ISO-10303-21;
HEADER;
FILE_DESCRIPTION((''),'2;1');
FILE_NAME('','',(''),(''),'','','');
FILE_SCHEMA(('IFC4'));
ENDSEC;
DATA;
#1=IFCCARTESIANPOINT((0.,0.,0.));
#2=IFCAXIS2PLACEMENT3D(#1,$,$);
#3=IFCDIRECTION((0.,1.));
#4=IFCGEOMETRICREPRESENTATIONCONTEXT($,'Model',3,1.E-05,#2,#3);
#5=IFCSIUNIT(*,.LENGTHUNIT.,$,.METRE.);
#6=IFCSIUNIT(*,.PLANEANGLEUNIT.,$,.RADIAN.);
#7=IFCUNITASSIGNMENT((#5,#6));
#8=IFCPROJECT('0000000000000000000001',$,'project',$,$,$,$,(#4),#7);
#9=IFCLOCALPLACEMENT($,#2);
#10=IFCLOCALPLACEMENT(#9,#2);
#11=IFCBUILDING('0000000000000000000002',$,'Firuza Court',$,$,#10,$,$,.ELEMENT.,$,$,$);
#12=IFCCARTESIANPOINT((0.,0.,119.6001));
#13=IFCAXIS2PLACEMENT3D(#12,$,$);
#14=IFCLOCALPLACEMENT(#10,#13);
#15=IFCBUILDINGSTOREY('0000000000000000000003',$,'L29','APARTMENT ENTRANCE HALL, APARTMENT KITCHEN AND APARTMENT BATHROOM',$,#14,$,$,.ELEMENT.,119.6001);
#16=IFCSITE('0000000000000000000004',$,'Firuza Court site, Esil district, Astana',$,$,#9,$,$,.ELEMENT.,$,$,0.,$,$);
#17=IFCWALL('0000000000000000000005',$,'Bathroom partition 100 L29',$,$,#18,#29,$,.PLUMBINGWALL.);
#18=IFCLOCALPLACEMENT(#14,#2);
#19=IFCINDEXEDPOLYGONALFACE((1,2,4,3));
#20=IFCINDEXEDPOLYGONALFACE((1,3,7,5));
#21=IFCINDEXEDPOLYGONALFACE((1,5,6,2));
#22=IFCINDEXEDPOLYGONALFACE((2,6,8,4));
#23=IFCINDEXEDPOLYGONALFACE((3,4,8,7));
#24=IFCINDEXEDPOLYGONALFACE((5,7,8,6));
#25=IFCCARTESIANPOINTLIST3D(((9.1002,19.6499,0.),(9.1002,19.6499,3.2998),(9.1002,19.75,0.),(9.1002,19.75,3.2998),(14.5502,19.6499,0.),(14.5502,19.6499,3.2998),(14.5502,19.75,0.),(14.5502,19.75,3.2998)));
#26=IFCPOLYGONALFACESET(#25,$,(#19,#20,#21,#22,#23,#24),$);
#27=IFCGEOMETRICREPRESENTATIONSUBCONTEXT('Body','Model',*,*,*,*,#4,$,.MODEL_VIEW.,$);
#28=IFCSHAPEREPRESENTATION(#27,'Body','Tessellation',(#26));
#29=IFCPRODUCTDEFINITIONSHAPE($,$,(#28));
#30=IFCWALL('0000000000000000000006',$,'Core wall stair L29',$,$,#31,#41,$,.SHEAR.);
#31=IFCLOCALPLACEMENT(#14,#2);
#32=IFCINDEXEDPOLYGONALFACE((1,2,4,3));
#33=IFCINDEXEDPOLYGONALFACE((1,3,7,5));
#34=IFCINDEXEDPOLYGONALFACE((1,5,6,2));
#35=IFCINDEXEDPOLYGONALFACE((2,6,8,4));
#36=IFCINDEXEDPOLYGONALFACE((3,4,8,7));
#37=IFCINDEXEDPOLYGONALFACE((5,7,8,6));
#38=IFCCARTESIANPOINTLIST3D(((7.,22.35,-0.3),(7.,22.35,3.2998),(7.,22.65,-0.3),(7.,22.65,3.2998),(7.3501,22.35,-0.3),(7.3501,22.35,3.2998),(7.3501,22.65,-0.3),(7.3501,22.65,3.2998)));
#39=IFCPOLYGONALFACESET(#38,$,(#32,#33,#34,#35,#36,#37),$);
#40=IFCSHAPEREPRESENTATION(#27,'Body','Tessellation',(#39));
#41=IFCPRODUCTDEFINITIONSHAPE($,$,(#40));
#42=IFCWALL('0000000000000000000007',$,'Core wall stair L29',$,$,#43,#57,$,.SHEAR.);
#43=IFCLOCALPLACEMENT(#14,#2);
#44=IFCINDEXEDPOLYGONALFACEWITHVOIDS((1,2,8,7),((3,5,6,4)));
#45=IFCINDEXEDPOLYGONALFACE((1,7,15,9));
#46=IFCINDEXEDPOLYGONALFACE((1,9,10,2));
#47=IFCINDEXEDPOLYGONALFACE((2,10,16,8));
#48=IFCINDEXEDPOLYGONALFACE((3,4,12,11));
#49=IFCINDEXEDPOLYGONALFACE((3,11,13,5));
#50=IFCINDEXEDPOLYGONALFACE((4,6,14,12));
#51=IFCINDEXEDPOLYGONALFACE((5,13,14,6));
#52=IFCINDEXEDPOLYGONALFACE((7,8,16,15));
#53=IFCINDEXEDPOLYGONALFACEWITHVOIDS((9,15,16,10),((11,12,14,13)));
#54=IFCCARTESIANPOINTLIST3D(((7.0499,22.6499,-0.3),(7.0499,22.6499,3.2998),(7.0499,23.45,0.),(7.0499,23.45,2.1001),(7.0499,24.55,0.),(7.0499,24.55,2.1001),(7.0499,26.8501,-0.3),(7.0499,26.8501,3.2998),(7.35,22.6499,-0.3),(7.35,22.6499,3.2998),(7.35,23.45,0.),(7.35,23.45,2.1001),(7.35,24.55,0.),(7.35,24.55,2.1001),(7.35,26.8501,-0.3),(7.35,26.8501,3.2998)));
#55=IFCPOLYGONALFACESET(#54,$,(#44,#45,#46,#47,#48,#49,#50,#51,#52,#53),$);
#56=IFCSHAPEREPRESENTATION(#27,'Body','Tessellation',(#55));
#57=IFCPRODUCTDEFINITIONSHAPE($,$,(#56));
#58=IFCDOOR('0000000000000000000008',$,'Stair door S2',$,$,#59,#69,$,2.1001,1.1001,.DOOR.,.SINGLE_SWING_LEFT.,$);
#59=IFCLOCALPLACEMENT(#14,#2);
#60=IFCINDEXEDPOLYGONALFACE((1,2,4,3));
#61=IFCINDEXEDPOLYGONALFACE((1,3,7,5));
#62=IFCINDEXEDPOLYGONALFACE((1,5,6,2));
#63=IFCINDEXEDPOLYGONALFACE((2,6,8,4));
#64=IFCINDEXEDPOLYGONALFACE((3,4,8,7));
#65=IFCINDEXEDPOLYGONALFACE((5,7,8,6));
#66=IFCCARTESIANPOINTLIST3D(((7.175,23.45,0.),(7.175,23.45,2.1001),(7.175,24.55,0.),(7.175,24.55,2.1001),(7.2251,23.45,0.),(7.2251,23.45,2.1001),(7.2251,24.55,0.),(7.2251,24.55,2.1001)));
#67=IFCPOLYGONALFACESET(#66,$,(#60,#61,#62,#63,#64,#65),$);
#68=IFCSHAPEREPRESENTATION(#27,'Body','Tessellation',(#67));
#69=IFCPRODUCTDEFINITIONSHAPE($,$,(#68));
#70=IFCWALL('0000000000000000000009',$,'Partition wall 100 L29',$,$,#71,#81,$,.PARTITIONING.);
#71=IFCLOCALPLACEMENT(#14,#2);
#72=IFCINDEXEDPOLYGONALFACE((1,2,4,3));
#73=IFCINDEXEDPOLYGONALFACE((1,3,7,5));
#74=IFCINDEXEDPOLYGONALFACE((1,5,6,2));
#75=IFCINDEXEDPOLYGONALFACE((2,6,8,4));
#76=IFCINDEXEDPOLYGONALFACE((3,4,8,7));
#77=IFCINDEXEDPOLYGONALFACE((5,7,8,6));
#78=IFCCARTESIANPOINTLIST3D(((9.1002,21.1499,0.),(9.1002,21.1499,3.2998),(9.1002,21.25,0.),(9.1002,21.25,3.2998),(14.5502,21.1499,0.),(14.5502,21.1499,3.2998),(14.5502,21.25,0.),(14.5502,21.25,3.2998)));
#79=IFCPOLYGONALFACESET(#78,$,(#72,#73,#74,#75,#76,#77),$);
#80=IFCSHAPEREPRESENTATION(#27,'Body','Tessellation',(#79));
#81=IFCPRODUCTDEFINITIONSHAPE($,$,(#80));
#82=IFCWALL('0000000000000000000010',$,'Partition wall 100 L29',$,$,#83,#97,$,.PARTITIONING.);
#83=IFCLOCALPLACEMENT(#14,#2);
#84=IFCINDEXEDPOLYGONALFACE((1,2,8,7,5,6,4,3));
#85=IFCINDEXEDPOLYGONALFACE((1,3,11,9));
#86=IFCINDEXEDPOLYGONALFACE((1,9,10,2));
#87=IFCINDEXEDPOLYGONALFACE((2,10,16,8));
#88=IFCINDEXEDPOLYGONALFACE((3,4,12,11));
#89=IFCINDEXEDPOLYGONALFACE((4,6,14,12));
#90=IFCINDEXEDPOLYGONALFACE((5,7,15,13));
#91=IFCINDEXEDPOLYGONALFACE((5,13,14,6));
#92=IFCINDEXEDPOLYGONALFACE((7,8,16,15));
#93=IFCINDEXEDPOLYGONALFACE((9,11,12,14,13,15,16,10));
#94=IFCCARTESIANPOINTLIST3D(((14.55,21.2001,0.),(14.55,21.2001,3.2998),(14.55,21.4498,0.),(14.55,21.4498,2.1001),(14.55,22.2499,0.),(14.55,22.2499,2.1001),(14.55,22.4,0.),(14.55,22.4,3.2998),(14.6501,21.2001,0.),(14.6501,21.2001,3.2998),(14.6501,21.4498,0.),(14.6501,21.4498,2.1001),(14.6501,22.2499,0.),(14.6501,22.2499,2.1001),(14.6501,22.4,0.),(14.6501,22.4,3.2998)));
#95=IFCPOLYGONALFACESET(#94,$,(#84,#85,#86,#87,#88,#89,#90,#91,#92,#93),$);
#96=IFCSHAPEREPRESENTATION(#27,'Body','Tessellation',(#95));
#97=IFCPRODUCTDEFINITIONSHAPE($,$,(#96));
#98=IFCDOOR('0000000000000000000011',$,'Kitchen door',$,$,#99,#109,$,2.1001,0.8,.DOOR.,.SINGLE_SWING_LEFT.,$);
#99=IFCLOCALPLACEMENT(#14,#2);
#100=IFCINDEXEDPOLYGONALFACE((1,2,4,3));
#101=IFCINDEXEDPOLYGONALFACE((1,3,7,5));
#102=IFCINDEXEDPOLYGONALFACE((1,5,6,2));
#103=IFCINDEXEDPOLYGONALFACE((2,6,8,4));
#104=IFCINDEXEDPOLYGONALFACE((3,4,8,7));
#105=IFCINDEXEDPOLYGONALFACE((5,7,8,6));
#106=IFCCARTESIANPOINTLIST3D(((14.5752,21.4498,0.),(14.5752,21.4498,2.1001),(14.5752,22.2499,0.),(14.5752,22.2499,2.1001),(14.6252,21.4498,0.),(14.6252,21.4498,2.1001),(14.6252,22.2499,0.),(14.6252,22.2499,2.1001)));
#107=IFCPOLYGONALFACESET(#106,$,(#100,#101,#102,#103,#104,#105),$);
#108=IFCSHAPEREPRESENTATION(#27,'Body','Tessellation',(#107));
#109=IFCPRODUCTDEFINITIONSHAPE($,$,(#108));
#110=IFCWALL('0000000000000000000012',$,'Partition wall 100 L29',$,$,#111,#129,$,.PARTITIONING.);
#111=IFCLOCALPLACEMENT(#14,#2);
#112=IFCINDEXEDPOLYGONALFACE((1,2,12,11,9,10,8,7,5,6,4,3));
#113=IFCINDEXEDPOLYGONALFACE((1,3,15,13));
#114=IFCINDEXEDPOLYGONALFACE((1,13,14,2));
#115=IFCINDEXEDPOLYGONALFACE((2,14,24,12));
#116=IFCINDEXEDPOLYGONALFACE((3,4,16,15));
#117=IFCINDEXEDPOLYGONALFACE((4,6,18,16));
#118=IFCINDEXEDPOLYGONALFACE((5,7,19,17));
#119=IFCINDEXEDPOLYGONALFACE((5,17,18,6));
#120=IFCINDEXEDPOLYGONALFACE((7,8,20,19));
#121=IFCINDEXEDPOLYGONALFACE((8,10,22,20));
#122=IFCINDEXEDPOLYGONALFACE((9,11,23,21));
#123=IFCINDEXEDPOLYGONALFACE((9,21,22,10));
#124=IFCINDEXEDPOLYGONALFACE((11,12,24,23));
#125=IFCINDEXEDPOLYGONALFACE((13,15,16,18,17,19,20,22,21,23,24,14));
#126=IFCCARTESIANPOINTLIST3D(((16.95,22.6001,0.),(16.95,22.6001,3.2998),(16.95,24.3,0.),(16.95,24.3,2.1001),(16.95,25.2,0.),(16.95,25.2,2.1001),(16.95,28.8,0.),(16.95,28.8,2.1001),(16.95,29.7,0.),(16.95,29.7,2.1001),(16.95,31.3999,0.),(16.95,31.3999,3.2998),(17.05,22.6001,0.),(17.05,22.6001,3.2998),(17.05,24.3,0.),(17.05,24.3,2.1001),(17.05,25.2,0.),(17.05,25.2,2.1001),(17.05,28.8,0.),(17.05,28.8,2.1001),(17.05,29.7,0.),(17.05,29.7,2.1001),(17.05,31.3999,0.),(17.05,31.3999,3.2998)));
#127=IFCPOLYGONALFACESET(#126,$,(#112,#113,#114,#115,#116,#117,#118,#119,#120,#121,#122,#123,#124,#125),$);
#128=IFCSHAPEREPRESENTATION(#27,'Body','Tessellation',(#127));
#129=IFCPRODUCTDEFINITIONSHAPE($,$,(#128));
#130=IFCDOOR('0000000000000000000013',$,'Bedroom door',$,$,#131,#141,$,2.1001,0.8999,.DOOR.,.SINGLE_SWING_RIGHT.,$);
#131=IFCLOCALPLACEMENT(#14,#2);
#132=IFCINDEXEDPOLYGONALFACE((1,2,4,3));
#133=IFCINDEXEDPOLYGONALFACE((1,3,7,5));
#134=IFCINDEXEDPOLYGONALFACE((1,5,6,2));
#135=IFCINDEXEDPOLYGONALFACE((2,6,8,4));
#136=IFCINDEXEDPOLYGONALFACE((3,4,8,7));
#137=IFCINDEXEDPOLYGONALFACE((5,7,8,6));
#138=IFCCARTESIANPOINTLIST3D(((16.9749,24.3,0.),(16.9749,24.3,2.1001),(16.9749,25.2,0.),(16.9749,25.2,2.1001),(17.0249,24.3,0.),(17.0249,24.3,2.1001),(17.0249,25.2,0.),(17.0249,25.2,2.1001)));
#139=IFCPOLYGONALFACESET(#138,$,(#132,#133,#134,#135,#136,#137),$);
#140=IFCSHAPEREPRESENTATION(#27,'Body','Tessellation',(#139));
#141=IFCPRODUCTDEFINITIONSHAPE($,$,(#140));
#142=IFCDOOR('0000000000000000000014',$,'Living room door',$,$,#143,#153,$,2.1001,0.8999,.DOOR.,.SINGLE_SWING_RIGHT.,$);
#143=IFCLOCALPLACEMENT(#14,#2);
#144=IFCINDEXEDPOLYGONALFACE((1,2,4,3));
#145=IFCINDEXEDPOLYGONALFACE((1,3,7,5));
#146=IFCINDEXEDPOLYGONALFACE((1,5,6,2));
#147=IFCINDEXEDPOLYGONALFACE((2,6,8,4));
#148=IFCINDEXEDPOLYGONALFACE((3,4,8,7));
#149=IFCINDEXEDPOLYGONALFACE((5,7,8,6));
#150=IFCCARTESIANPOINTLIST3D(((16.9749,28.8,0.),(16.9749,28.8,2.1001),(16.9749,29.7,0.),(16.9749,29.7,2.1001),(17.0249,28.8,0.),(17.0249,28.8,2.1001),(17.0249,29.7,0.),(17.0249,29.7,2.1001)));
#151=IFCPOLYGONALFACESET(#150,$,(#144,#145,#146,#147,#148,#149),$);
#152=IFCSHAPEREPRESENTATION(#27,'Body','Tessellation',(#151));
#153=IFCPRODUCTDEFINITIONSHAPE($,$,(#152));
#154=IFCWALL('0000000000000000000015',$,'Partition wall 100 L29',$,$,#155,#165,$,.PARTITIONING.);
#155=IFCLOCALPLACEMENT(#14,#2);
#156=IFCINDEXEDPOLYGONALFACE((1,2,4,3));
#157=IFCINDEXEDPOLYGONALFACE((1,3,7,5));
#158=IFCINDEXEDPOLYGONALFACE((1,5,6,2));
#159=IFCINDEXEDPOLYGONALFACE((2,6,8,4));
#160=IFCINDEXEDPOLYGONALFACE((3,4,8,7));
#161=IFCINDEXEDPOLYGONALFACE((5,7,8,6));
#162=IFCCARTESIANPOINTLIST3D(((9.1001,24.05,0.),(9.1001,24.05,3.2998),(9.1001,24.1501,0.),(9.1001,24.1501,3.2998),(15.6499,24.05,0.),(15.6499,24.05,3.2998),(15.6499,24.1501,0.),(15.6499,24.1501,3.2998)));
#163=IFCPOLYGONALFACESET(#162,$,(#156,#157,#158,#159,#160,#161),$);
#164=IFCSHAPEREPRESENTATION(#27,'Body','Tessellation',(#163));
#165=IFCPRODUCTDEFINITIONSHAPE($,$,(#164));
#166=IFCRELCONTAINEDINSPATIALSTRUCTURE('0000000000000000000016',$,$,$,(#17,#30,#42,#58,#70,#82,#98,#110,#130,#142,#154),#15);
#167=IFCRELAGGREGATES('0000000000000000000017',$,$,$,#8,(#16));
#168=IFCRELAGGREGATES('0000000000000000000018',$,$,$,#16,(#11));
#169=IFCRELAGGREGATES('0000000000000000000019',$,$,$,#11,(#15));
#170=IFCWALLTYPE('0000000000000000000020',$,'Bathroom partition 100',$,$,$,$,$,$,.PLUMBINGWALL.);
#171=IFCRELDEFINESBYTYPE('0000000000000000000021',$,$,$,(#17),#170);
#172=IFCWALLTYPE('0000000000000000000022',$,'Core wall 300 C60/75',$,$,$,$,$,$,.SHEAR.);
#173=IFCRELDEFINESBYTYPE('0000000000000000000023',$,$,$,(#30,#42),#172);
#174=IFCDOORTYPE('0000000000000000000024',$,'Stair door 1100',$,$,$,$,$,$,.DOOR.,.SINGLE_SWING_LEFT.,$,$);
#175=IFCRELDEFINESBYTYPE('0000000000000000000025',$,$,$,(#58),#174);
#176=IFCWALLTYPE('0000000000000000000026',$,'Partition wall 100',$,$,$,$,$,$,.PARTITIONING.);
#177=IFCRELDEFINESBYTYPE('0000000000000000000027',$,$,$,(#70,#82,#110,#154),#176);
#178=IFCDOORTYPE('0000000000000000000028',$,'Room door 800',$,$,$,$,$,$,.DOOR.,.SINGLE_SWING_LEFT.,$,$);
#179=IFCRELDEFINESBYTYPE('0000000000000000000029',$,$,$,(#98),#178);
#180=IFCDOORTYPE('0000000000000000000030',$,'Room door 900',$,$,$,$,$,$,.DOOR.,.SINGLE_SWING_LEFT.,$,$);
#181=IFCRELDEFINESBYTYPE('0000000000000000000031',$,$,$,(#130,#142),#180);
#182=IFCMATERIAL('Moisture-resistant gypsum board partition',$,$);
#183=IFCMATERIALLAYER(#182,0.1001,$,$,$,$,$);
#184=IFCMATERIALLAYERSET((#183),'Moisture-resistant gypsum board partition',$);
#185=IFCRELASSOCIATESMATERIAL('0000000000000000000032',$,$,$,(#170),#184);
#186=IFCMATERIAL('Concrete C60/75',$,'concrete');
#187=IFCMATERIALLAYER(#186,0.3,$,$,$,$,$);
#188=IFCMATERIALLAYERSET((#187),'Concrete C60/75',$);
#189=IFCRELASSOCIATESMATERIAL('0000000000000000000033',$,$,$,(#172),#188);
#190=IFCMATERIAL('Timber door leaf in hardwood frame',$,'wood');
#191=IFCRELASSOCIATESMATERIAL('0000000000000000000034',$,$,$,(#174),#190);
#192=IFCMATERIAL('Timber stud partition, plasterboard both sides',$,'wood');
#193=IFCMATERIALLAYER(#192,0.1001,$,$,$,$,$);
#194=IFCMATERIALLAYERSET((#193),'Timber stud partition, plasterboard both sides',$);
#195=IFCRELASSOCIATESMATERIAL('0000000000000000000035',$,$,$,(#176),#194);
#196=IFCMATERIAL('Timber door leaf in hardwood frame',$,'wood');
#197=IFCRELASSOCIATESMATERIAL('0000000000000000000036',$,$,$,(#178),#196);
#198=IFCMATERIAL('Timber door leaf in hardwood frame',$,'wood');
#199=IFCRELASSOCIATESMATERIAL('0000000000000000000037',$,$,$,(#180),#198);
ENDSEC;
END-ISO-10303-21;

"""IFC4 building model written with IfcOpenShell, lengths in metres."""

from ifc_helpers import new_model, si_unit, direction, frame, frame_2d, origin, place, context, subcontext, project, spatial, rectangle, extrude, material, layer, layer_set, type_object, element, fill, save


model = new_model("IFC4")

# Units and contexts
model_context = context("Model", 3, precision=1e-05, world=origin(), true_north=direction((0.0, 1.0)))
body_context = subcontext(model_context, "Body", "Model", "MODEL_VIEW")
ifc_project = project(units=[si_unit("LENGTHUNIT", "METRE"), si_unit("PLANEANGLEUNIT", "RADIAN")], contexts=[model_context])

# Site, building, storey
site_placement = place(None, origin())
site = spatial("IfcSite", under=ifc_project, at=site_placement, Name="Firuza Court site, Esil district, Astana", CompositionType="ELEMENT", RefElevation=0.0)
building_placement = place(site_placement, origin())
building = spatial("IfcBuilding", under=site, at=building_placement, Name="Firuza Court", CompositionType="ELEMENT")
storey_placement = place(building_placement, frame((0.0, 0.0, 119.6001)))
storey = spatial("IfcBuildingStorey", under=building, at=storey_placement, Name="L29", Description="APARTMENT ENTRANCE HALL, APARTMENT KITCHEN AND APARTMENT BATHROOM", CompositionType="ELEMENT", Elevation=119.6001)

# Walls
ifc_material_1 = material(Name="Moisture-resistant gypsum board partition")
ifc_layer_1 = layer(ifc_material_1, 0.1001)
ifc_layer_set_1 = layer_set([ifc_layer_1], Name="Moisture-resistant gypsum board partition")
wall_type_1 = type_object("IfcWallType", Name="Bathroom partition 100", PredefinedType="PLUMBINGWALL", material=ifc_layer_set_1)
wall_1_placement = place(storey_placement, frame((9.1001, 19.7, 0.0), z_axis=(0.0, 0.0, 1.0), x_axis=(1.0, 0.0, 0.0)))
element("IfcWall", 1, at=wall_1_placement, inside=storey, type_object=wall_type_1, Name="Bathroom partition 100 L29", PredefinedType="PLUMBINGWALL", context=body_context, shape_type="SweptSolid", body=[
    extrude(rectangle(XDim=5.45, YDim=0.1001, at=frame_2d((2.7251, 0.0))), origin(), (0.0, 0.0, 1.0), 3.2998),
])
ifc_material_2 = material(Name="Concrete C60/75", Category="concrete")
ifc_layer_2 = layer(ifc_material_2, 0.3)
ifc_layer_set_2 = layer_set([ifc_layer_2], Name="Concrete C60/75")
wall_type_2 = type_object("IfcWallType", Name="Core wall 300 C60/75", PredefinedType="SHEAR", material=ifc_layer_set_2)
wall_2_placement = place(storey_placement, frame((7.0, 22.5, -0.3), z_axis=(0.0, 0.0, 1.0), x_axis=(1.0, 0.0, 0.0)))
element("IfcWall", 2, at=wall_2_placement, inside=storey, type_object=wall_type_2, Name="Core wall stair L29", PredefinedType="SHEAR", context=body_context, shape_type="SweptSolid", body=[
    extrude(rectangle(XDim=0.3501, YDim=0.3, at=frame_2d((0.175, 0.0))), origin(), (0.0, 0.0, 1.0), 3.5999),
])

# Wall, opening, door
wall_3_placement = place(storey_placement, frame((7.2, 22.6499, -0.3), z_axis=(0.0, 0.0, 1.0), x_axis=(0.0, 1.0, 0.0)))
wall_3 = element("IfcWall", 3, at=wall_3_placement, inside=storey, type_object=wall_type_2, Name="Core wall stair L29", PredefinedType="SHEAR", context=body_context, shape_type="SweptSolid", body=[
    extrude(rectangle(XDim=4.2002, YDim=0.3, at=frame_2d((2.1001, 0.0))), origin(), (0.0, 0.0, 1.0), 3.5999),
])
opening_1_placement = place(wall_3_placement, frame((0.8, 0.0, 0.3)))
opening_1 = element("IfcOpeningElement", 4, at=opening_1_placement, cuts=wall_3, PredefinedType="OPENING", context=body_context, shape_type="SweptSolid", body=[
    extrude(rectangle(XDim=1.1001, YDim=2.1001, at=frame_2d((0.55, 1.05))), frame((0.0, 0.1621, 0.0), z_axis=(0.0, -1.0, 0.0), x_axis=(1.0, 0.0, 0.0)), (0.0, 0.0, 1.0), 0.324),
])
ifc_material_3 = material(Name="Timber door leaf in hardwood frame", Category="wood")
door_type_1 = type_object("IfcDoorType", Name="Stair door 1100", OperationType="SINGLE_SWING_LEFT", PredefinedType="DOOR", material=ifc_material_3)
door_1_placement = place(opening_1_placement, origin())
door_1 = element("IfcDoor", 5, at=door_1_placement, inside=storey, type_object=door_type_1, Name="Stair door S2", OperationType="SINGLE_SWING_LEFT", OverallHeight=2.1001, OverallWidth=1.1001, PredefinedType="DOOR", context=body_context, shape_type="SweptSolid", body=[
    extrude(rectangle(XDim=1.1001, YDim=2.1001, at=frame_2d((0.55, 1.05))), frame((0.0, 0.0249, 0.0), z_axis=(0.0, -1.0, 0.0), x_axis=(1.0, 0.0, 0.0)), (0.0, 0.0, 1.0), 0.05),
])
fill(opening_1, door_1)

# Wall
ifc_material_4 = material(Name="Timber stud partition, plasterboard both sides", Category="wood")
ifc_layer_3 = layer(ifc_material_4, 0.1001)
ifc_layer_set_3 = layer_set([ifc_layer_3], Name="Timber stud partition, plasterboard both sides")
wall_type_3 = type_object("IfcWallType", Name="Partition wall 100", PredefinedType="PARTITIONING", material=ifc_layer_set_3)
wall_4_placement = place(storey_placement, frame((9.1001, 21.2, 0.0), z_axis=(0.0, 0.0, 1.0), x_axis=(1.0, 0.0, 0.0)))
element("IfcWall", 6, at=wall_4_placement, inside=storey, type_object=wall_type_3, Name="Partition wall 100 L29", PredefinedType="PARTITIONING", context=body_context, shape_type="SweptSolid", body=[
    extrude(rectangle(XDim=5.45, YDim=0.1001, at=frame_2d((2.7251, 0.0))), origin(), (0.0, 0.0, 1.0), 3.2998),
])

# Wall, opening, door
wall_5_placement = place(storey_placement, frame((14.6001, 21.2, 0.0), z_axis=(0.0, 0.0, 1.0), x_axis=(0.0, 1.0, 0.0)))
wall_5 = element("IfcWall", 7, at=wall_5_placement, inside=storey, type_object=wall_type_3, Name="Partition wall 100 L29", PredefinedType="PARTITIONING", context=body_context, shape_type="SweptSolid", body=[
    extrude(rectangle(XDim=1.2, YDim=0.1001, at=frame_2d((0.6001, 0.0))), origin(), (0.0, 0.0, 1.0), 3.2998),
])
opening_2_placement = place(wall_5_placement, frame((0.25, 0.0, 0.0)))
opening_2 = element("IfcOpeningElement", 8, at=opening_2_placement, cuts=wall_5, PredefinedType="OPENING", context=body_context, shape_type="SweptSolid", body=[
    extrude(rectangle(XDim=0.8, YDim=2.1001, at=frame_2d((0.3999, 1.05))), frame((0.0, 0.062, 0.0), z_axis=(0.0, -1.0, 0.0), x_axis=(1.0, 0.0, 0.0)), (0.0, 0.0, 1.0), 0.124),
])
ifc_material_5 = material(Name="Timber door leaf in hardwood frame", Category="wood")
door_type_2 = type_object("IfcDoorType", Name="Room door 800", OperationType="SINGLE_SWING_LEFT", PredefinedType="DOOR", material=ifc_material_5)
door_2_placement = place(opening_2_placement, origin())
door_2 = element("IfcDoor", 9, at=door_2_placement, inside=storey, type_object=door_type_2, Name="Kitchen door", OperationType="SINGLE_SWING_LEFT", OverallHeight=2.1001, OverallWidth=0.8, PredefinedType="DOOR", context=body_context, shape_type="SweptSolid", body=[
    extrude(rectangle(XDim=0.8, YDim=2.1001, at=frame_2d((0.3999, 1.05))), frame((0.0, 0.0249, 0.0), z_axis=(0.0, -1.0, 0.0), x_axis=(1.0, 0.0, 0.0)), (0.0, 0.0, 1.0), 0.05),
])
fill(opening_2, door_2)

# Wall, openings, doors
wall_6_placement = place(storey_placement, frame((17.0, 22.6001, 0.0), z_axis=(0.0, 0.0, 1.0), x_axis=(0.0, 1.0, 0.0)))
wall_6 = element("IfcWall", 10, at=wall_6_placement, inside=storey, type_object=wall_type_3, Name="Partition wall 100 L29", PredefinedType="PARTITIONING", context=body_context, shape_type="SweptSolid", body=[
    extrude(rectangle(XDim=8.7998, YDim=0.1001, at=frame_2d((4.3999, 0.0))), origin(), (0.0, 0.0, 1.0), 3.2998),
])
opening_3_placement = place(wall_6_placement, frame((1.7, 0.0, 0.0)))
opening_3 = element("IfcOpeningElement", 11, at=opening_3_placement, cuts=wall_6, PredefinedType="OPENING", context=body_context, shape_type="SweptSolid", body=[
    extrude(rectangle(XDim=0.8999, YDim=2.1001, at=frame_2d((0.45, 1.05))), frame((0.0, 0.062, 0.0), z_axis=(0.0, -1.0, 0.0), x_axis=(1.0, 0.0, 0.0)), (0.0, 0.0, 1.0), 0.124),
])
opening_4_placement = place(wall_6_placement, frame((6.2, 0.0, 0.0)))
opening_4 = element("IfcOpeningElement", 12, at=opening_4_placement, cuts=wall_6, PredefinedType="OPENING", context=body_context, shape_type="SweptSolid", body=[
    extrude(rectangle(XDim=0.8999, YDim=2.1001, at=frame_2d((0.45, 1.05))), frame((0.0, 0.062, 0.0), z_axis=(0.0, -1.0, 0.0), x_axis=(1.0, 0.0, 0.0)), (0.0, 0.0, 1.0), 0.124),
])
ifc_material_6 = material(Name="Timber door leaf in hardwood frame", Category="wood")
door_type_3 = type_object("IfcDoorType", Name="Room door 900", OperationType="SINGLE_SWING_LEFT", PredefinedType="DOOR", material=ifc_material_6)
door_3_placement = place(opening_3_placement, frame((0.8999, 0.0, 0.0), z_axis=(0.0, 0.0, 1.0), x_axis=(-1.0, 0.0, 0.0)))
door_3 = element("IfcDoor", 13, at=door_3_placement, inside=storey, type_object=door_type_3, Name="Bedroom door", OperationType="SINGLE_SWING_RIGHT", OverallHeight=2.1001, OverallWidth=0.8999, PredefinedType="DOOR", context=body_context, shape_type="SweptSolid", body=[
    extrude(rectangle(XDim=0.8999, YDim=2.1001, at=frame_2d((0.45, 1.05))), frame((0.0, 0.0249, 0.0), z_axis=(0.0, -1.0, 0.0), x_axis=(1.0, 0.0, 0.0)), (0.0, 0.0, 1.0), 0.05),
])
fill(opening_3, door_3)
door_4_placement = place(opening_4_placement, frame((0.8999, 0.0, 0.0), z_axis=(0.0, 0.0, 1.0), x_axis=(-1.0, 0.0, 0.0)))
door_4 = element("IfcDoor", 14, at=door_4_placement, inside=storey, type_object=door_type_3, Name="Living room door", OperationType="SINGLE_SWING_RIGHT", OverallHeight=2.1001, OverallWidth=0.8999, PredefinedType="DOOR", context=body_context, shape_type="SweptSolid", body=[
    extrude(rectangle(XDim=0.8999, YDim=2.1001, at=frame_2d((0.45, 1.05))), frame((0.0, 0.0249, 0.0), z_axis=(0.0, -1.0, 0.0), x_axis=(1.0, 0.0, 0.0)), (0.0, 0.0, 1.0), 0.05),
])
fill(opening_4, door_4)

# Wall
wall_7_placement = place(storey_placement, frame((9.1001, 24.1001, 0.0), z_axis=(0.0, 0.0, 1.0), x_axis=(1.0, 0.0, 0.0)))
element("IfcWall", 15, at=wall_7_placement, inside=storey, type_object=wall_type_3, Name="Partition wall 100 L29", PredefinedType="PARTITIONING", context=body_context, shape_type="SweptSolid", body=[
    extrude(rectangle(XDim=6.5498, YDim=0.1001, at=frame_2d((3.2749, 0.0))), origin(), (0.0, 0.0, 1.0), 3.2998),
])

save(model, "model.ifc")
